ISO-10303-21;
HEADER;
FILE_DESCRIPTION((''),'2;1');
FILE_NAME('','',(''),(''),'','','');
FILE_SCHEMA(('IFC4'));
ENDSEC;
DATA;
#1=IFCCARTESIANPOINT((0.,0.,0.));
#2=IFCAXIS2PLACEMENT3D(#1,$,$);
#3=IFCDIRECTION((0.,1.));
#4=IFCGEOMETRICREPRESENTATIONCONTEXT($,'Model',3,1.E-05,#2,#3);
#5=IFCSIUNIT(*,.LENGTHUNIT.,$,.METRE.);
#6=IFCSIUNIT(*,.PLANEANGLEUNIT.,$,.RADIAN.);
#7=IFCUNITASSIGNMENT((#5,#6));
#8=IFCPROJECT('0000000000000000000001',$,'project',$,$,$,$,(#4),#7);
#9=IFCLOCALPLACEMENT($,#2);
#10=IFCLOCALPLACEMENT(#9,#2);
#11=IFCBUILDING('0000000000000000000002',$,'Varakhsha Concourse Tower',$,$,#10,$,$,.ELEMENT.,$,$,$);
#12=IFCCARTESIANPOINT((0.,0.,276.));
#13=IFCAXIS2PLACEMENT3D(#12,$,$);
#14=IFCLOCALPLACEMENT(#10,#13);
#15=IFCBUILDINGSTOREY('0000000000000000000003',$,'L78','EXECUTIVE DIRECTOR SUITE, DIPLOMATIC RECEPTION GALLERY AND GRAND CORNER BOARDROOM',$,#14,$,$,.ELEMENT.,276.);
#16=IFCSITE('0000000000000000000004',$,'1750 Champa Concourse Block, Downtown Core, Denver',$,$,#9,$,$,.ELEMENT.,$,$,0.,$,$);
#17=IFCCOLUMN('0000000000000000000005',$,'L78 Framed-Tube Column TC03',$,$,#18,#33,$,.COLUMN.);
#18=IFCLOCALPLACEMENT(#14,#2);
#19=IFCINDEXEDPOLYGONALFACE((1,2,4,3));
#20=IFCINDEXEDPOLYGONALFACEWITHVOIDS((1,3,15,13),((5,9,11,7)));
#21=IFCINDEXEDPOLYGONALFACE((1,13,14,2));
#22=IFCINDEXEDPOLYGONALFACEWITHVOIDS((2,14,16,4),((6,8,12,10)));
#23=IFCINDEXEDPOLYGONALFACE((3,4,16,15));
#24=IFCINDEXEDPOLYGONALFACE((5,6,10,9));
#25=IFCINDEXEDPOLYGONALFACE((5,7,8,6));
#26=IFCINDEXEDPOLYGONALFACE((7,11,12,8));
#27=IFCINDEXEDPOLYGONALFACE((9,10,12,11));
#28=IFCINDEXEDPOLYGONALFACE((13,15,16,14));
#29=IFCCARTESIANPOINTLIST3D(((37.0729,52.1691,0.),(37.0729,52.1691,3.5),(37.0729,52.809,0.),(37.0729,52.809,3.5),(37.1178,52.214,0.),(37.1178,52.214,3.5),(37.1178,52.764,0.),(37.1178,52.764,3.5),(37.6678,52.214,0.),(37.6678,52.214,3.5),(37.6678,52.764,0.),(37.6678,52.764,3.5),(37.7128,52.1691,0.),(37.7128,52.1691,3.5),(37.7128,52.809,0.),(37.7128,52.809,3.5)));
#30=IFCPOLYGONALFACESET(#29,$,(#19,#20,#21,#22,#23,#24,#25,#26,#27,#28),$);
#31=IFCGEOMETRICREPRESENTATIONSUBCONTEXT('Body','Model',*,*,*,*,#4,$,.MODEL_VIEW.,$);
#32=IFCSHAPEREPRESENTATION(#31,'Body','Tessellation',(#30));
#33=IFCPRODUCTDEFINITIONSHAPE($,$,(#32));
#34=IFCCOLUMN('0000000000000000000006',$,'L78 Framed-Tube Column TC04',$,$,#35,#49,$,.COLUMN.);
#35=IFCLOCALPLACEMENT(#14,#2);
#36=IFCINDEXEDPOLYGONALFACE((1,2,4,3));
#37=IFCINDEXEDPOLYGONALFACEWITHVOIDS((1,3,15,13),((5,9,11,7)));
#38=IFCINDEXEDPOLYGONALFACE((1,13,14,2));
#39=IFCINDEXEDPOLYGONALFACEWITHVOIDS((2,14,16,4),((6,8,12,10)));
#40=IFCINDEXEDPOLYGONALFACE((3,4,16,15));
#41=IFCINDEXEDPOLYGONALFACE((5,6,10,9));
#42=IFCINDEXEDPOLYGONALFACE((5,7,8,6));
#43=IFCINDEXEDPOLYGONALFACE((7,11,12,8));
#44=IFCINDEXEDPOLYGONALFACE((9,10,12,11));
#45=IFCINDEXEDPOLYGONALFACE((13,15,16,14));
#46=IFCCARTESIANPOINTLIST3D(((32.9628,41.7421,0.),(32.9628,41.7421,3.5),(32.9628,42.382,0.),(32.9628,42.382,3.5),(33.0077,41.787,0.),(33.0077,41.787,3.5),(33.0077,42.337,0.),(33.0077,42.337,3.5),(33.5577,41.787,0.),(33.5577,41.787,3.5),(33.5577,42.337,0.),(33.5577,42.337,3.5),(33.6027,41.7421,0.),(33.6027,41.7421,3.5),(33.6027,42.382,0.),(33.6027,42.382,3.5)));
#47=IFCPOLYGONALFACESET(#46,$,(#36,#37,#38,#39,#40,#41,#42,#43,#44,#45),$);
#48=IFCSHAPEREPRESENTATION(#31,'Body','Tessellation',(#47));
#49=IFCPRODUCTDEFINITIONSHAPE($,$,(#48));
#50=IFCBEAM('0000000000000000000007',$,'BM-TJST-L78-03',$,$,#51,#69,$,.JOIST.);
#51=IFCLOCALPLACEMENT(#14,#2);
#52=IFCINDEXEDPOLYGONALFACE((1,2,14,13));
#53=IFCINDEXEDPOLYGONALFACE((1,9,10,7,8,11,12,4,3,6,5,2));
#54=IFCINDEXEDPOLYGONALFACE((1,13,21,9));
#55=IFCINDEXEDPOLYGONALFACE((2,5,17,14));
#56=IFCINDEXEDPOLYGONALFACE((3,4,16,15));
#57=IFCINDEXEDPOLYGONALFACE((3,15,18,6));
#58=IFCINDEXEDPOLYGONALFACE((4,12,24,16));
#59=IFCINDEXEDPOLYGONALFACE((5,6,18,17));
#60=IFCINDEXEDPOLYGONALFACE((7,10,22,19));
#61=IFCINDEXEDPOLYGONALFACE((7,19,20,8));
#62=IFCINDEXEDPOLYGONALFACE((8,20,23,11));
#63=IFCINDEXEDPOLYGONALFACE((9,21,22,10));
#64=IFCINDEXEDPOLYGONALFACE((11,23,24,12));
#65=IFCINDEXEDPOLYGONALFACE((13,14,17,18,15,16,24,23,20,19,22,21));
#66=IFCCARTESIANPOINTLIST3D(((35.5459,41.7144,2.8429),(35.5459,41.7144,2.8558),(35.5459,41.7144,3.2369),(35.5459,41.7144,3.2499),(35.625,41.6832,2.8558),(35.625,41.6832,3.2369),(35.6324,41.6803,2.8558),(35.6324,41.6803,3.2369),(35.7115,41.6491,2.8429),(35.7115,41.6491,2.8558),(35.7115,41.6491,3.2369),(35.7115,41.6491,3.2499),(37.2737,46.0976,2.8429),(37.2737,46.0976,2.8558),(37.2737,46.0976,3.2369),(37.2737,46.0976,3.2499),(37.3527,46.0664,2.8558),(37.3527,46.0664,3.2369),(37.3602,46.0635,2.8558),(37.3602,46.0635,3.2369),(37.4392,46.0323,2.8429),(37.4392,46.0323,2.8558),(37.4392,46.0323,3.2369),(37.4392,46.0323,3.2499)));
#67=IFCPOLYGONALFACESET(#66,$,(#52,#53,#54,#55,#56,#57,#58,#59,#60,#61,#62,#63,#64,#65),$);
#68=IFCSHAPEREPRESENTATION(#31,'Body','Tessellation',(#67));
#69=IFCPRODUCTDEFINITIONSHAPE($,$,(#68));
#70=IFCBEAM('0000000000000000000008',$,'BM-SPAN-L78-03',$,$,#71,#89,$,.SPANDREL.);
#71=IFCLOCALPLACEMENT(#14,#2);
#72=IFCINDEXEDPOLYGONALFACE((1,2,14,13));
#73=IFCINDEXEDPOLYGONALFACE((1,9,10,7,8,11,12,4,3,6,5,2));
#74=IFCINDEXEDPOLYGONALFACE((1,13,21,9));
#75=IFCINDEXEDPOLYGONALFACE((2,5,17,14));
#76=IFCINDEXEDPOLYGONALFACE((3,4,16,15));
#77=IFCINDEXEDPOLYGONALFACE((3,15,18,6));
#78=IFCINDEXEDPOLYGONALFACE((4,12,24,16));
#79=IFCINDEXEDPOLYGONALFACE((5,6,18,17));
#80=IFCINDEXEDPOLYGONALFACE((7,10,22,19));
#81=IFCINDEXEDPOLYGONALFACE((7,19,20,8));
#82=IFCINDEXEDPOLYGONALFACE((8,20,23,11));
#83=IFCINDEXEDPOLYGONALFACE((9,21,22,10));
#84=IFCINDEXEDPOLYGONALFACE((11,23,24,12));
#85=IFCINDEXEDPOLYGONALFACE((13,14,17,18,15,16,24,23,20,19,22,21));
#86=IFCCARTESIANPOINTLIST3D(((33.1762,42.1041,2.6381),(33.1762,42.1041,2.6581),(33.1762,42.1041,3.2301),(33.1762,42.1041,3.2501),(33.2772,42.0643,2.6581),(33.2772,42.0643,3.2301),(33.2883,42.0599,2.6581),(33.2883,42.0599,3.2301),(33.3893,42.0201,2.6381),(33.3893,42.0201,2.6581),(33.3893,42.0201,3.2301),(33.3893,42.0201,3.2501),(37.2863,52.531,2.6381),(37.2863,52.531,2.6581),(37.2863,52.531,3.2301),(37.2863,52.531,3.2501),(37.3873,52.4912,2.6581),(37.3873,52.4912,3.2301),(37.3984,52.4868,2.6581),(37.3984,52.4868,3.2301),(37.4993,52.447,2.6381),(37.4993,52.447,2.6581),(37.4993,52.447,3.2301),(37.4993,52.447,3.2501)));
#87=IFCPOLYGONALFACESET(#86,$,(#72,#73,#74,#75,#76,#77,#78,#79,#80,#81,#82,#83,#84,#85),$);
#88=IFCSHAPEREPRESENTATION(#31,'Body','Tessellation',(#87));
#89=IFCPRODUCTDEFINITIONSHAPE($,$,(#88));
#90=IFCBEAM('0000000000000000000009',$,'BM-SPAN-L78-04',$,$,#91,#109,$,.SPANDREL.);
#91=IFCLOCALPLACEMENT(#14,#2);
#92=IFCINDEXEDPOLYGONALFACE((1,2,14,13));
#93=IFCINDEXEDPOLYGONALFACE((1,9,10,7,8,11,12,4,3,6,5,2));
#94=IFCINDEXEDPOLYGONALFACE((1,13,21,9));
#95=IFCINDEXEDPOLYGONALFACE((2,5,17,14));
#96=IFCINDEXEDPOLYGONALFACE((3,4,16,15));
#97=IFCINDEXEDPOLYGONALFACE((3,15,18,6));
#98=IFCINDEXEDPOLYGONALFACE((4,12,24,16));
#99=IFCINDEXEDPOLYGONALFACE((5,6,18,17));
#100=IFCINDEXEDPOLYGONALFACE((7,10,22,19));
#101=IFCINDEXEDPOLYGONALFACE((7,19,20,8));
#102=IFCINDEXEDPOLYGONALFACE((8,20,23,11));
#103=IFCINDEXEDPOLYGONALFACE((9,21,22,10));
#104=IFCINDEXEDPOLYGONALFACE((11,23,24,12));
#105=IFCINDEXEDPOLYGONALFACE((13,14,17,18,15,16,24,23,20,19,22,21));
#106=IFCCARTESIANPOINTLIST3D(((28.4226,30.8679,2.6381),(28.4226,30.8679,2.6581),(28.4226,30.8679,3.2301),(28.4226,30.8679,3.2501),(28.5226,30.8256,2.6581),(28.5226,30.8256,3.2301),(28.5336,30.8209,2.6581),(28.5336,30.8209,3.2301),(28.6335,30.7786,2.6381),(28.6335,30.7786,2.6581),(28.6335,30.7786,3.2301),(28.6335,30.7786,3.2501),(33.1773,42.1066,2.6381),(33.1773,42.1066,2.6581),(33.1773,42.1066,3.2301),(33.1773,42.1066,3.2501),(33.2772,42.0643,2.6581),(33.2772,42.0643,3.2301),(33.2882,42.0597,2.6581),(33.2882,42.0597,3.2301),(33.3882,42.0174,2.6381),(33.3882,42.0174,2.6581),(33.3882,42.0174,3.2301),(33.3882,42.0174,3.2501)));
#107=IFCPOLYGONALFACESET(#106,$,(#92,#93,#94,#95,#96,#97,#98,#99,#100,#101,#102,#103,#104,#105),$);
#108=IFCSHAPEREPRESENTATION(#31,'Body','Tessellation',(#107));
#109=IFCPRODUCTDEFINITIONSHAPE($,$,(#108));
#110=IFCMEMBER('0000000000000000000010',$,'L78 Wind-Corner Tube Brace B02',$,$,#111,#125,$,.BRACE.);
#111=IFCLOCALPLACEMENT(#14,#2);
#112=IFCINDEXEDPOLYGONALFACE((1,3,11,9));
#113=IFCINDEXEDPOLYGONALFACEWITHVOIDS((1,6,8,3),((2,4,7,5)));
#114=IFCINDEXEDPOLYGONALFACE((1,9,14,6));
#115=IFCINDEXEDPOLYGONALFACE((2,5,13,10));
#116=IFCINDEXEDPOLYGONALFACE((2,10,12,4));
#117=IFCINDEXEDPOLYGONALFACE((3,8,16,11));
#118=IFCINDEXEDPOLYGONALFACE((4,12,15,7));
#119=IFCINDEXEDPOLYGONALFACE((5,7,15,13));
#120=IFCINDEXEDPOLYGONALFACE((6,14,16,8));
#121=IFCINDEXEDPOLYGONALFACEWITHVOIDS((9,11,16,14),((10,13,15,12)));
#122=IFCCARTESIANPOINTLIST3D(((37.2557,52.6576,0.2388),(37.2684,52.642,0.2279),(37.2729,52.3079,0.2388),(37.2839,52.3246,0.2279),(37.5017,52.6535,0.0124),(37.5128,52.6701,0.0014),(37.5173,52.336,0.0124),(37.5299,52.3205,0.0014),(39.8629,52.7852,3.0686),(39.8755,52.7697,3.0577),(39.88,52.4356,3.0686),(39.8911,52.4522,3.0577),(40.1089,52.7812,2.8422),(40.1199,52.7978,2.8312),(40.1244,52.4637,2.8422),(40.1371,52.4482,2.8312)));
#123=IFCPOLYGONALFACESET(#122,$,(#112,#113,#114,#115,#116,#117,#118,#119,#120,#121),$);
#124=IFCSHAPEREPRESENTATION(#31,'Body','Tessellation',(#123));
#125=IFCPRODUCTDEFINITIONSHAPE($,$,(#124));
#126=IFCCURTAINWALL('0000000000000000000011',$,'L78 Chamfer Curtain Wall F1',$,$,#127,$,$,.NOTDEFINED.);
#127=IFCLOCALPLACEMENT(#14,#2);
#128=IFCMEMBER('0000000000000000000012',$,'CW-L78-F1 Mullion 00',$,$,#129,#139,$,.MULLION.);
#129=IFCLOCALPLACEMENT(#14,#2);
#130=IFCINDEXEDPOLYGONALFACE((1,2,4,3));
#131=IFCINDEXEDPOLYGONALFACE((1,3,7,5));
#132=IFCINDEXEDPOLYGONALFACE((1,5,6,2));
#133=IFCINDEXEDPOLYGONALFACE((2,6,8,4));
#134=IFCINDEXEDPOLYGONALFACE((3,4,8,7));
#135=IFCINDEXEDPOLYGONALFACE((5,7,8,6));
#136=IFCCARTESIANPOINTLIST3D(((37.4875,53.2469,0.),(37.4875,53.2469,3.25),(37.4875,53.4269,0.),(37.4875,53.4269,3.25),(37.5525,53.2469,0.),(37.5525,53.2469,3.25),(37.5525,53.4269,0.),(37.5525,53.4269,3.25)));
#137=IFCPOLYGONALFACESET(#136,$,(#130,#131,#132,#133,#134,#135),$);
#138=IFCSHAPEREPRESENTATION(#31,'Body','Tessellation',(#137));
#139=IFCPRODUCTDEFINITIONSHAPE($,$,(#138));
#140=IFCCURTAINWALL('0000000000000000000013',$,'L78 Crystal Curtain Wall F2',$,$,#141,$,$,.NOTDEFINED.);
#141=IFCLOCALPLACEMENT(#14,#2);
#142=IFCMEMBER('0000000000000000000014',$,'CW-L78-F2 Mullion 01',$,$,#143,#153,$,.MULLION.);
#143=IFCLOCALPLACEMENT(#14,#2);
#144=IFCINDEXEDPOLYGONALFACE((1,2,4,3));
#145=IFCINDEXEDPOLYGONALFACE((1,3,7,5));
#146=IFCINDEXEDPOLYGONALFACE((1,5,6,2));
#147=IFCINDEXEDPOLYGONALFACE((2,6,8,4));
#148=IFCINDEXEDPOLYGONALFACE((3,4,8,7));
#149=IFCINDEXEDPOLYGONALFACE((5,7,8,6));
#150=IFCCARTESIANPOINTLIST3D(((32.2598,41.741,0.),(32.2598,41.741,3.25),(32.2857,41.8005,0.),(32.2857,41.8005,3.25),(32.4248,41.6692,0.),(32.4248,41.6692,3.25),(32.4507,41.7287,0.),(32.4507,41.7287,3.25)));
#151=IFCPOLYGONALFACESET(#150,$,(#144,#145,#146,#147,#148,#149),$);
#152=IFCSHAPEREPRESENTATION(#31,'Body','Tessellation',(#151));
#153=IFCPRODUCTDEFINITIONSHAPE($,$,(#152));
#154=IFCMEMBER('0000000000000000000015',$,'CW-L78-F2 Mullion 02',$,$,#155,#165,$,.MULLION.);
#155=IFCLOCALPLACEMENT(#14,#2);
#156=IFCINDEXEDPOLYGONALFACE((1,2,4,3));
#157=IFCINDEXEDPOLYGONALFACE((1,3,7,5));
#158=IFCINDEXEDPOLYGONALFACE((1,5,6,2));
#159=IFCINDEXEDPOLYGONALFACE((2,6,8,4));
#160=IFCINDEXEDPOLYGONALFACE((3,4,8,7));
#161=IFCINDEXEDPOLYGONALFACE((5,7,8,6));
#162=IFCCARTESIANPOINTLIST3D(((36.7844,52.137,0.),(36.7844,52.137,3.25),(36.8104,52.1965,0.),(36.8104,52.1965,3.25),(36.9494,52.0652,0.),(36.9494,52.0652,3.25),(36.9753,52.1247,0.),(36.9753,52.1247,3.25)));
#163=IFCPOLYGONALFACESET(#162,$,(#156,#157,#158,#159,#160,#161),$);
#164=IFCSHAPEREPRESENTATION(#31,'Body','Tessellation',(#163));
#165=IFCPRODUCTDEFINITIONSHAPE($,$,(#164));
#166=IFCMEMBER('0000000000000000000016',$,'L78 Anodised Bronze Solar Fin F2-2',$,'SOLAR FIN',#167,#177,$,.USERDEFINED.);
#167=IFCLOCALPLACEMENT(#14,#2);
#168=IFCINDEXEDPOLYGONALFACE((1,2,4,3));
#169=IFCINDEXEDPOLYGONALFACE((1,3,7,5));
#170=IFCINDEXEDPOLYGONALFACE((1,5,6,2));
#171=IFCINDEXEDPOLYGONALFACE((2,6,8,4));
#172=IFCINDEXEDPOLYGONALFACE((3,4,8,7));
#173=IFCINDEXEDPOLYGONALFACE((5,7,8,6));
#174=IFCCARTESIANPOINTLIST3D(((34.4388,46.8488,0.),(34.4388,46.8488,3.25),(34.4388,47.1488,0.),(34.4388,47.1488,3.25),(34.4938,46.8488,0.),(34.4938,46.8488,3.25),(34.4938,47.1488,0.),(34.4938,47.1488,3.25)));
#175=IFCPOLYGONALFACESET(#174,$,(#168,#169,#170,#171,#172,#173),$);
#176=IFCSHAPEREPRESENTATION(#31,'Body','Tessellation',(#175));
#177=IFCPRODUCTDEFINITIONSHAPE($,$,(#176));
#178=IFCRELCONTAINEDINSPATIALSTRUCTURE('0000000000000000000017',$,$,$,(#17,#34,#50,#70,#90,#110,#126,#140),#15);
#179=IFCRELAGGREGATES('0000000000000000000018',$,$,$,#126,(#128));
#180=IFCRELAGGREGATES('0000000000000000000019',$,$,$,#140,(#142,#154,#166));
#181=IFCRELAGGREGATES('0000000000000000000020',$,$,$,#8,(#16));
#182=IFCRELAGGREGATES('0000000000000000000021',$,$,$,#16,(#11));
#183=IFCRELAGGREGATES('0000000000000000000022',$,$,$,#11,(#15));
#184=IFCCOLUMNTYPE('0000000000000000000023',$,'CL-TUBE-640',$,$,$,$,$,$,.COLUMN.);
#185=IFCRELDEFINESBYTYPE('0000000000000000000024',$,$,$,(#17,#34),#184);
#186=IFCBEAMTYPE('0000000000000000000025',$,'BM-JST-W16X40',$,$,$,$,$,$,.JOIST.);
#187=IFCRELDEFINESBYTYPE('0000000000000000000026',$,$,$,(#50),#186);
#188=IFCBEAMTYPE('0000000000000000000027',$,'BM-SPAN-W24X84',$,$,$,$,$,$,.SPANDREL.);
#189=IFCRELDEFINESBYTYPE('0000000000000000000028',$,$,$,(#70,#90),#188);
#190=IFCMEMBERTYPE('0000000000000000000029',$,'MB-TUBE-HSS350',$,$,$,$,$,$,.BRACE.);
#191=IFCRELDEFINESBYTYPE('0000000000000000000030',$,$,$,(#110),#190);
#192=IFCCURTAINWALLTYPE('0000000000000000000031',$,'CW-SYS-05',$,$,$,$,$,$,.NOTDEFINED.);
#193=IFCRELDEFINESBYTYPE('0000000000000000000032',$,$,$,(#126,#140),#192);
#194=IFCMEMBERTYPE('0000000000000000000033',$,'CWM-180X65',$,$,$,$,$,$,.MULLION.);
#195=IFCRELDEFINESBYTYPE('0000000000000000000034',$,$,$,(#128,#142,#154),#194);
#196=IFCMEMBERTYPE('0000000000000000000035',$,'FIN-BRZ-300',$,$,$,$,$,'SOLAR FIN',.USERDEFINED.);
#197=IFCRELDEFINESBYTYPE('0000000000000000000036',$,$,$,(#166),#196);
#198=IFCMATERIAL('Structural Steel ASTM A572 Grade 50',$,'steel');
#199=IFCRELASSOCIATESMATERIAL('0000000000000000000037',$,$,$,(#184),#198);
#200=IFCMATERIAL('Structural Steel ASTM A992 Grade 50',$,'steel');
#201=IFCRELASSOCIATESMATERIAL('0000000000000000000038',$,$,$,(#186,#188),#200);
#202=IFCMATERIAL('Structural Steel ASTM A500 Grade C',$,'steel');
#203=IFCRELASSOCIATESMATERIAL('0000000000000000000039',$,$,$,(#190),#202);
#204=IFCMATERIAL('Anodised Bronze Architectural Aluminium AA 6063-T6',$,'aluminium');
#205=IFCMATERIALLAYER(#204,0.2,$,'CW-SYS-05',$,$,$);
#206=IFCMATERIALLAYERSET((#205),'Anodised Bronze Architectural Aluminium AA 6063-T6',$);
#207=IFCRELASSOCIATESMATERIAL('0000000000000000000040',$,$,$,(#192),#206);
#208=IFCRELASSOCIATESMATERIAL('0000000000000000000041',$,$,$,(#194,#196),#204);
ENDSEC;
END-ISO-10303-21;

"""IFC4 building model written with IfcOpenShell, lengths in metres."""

from ifc_helpers import new_model, si_unit, direction, frame, origin, origin_2d, place, context, subcontext, project, spatial, rectangle, hollow_rectangle, i_section, extrude, source, transform, mapped, material, layer, layer_set, material_profile, profile_set, type_object, type_shapes, element, aggregate, save


model = new_model("IFC4")

# Units and contexts
model_context = context("Model", 3, precision=1e-05, world=origin(), true_north=direction((0.0, 1.0)))
body_context = subcontext(model_context, "Body", "Model", "MODEL_VIEW")
ifc_project = project(units=[si_unit("LENGTHUNIT", "METRE"), si_unit("PLANEANGLEUNIT", "RADIAN")], contexts=[model_context])

# Site, building, storey
site_placement = place(None, origin())
site = spatial("IfcSite", under=ifc_project, at=site_placement, Name="1750 Champa Concourse Block, Downtown Core, Denver", CompositionType="ELEMENT", RefElevation=0.0)
building_placement = place(site_placement, origin())
building = spatial("IfcBuilding", under=site, at=building_placement, Name="Varakhsha Concourse Tower", CompositionType="ELEMENT")
storey_placement = place(building_placement, frame((0.0, 0.0, 276.0)))
storey = spatial("IfcBuildingStorey", under=building, at=storey_placement, Name="L78", Description="EXECUTIVE DIRECTOR SUITE, DIPLOMATIC RECEPTION GALLERY AND GRAND CORNER BOARDROOM", CompositionType="ELEMENT", Elevation=276.0)

# Columns
ifc_material_1 = material(Name="Structural Steel ASTM A572 Grade 50", Category="steel")
ifc_material_profile_1 = material_profile(ifc_material_1, hollow_rectangle(XDim=0.6399, YDim=0.6399, WallThickness=0.0449, at=origin_2d()), Name="BOX 640x640x45")
ifc_profile_set_1 = profile_set([ifc_material_profile_1], Name="Structural Steel ASTM A572 Grade 50")
column_type = type_object("IfcColumnType", Name="CL-TUBE-640", PredefinedType="COLUMN", material=ifc_profile_set_1)
for number, where, z_axis, x_axis, name in (
    (1, (37.3928, 52.489, 0.0), (0.0, 0.0, 1.0), (1.0, 0.0, 0.0), "L78 Framed-Tube Column TC03"),
    (2, (33.2827, 42.062, 0.0), (0.0, 0.0, 1.0), (1.0, 0.0, 0.0), "L78 Framed-Tube Column TC04"),
):
    element("IfcColumn", number, at=place(storey_placement, frame(where, z_axis=z_axis, x_axis=x_axis)), inside=storey, type_object=column_type, Name=name, PredefinedType="COLUMN", context=body_context, shape_type="SweptSolid", body=[
        extrude(hollow_rectangle(XDim=0.6399, YDim=0.6399, WallThickness=0.0449, at=origin_2d()), origin(), (0.0, 0.0, 1.0), 3.5),
    ])

# Beams
ifc_material_2 = material(Name="Structural Steel ASTM A992 Grade 50", Category="steel")
ifc_material_profile_2 = material_profile(ifc_material_2, i_section(OverallWidth=0.178, OverallDepth=0.407, WebThickness=0.0081, FlangeThickness=0.0129, at=origin_2d()), Name="W16X40")
ifc_profile_set_2 = profile_set([ifc_material_profile_2], Name="Structural Steel ASTM A992 Grade 50")
beam_type_1 = type_object("IfcBeamType", Name="BM-JST-W16X40", PredefinedType="JOIST", material=ifc_profile_set_2)
beam_1_placement = place(storey_placement, frame((37.3564, 46.0649, 3.0464), z_axis=(-0.366713, -0.930334, 0.0), x_axis=(0.930334, -0.366713, 0.0)))
element("IfcBeam", 3, at=beam_1_placement, inside=storey, type_object=beam_type_1, Name="BM-TJST-L78-03", PredefinedType="JOIST", context=body_context, shape_type="SweptSolid", body=[
    extrude(i_section(OverallWidth=0.178, OverallDepth=0.407, WebThickness=0.0081, FlangeThickness=0.0129, at=origin_2d()), origin(), (0.0, 0.0, 1.0), 4.7114),
])
ifc_material_profile_3 = material_profile(ifc_material_2, i_section(OverallWidth=0.229, OverallDepth=0.6121, WebThickness=0.012, FlangeThickness=0.02, at=origin_2d()), Name="W24X84")
ifc_profile_set_3 = profile_set([ifc_material_profile_3], Name="Structural Steel ASTM A992 Grade 50")
beam_type_2 = type_object("IfcBeamType", Name="BM-SPAN-W24X84", PredefinedType="SPANDREL", material=ifc_profile_set_3)
beam_2_placement = place(storey_placement, frame((37.3928, 52.489, 2.9441), z_axis=(-0.366718, -0.930332, 0.0), x_axis=(0.930332, -0.366718, 0.0)))
element("IfcBeam", 4, at=beam_2_placement, inside=storey, type_object=beam_type_2, Name="BM-SPAN-L78-03", PredefinedType="SPANDREL", context=body_context, shape_type="SweptSolid", body=[
    extrude(i_section(OverallWidth=0.229, OverallDepth=0.6121, WebThickness=0.012, FlangeThickness=0.02, at=origin_2d()), origin(), (0.0, 0.0, 1.0), 11.2078),
])
beam_3_placement = place(storey_placement, frame((33.2827, 42.062, 2.9441), z_axis=(-0.389624, -0.920974, 0.0), x_axis=(0.920974, -0.389624, 0.0)))
element("IfcBeam", 5, at=beam_3_placement, inside=storey, type_object=beam_type_2, Name="BM-SPAN-L78-04", PredefinedType="SPANDREL", context=body_context, shape_type="SweptSolid", body=[
    extrude(i_section(OverallWidth=0.229, OverallDepth=0.6121, WebThickness=0.012, FlangeThickness=0.02, at=origin_2d()), origin(), (0.0, 0.0, 1.0), 12.2031),
])

# Member
ifc_material_3 = material(Name="Structural Steel ASTM A500 Grade C", Category="steel")
ifc_material_profile_4 = material_profile(ifc_material_3, hollow_rectangle(XDim=0.3501, YDim=0.3501, WallThickness=0.0161, at=origin_2d()), Name="HSS 350x350x16")
ifc_profile_set_4 = profile_set([ifc_material_profile_4], Name="Structural Steel ASTM A500 Grade C")
member_type_1 = type_object("IfcMemberType", Name="MB-TUBE-HSS350", PredefinedType="BRACE", material=ifc_profile_set_4)
shared_shape_1 = source(origin(), body_context, "Body", "SweptSolid", [
    extrude(hollow_rectangle(XDim=0.3501, YDim=0.3501, WallThickness=0.0161, at=origin_2d()), origin(), (0.0, 0.0, 1.0), 3.8499),
])
type_shapes(member_type_1, [shared_shape_1])
member_1_placement = place(storey_placement, frame((37.3928, 52.489, 0.1201), z_axis=(0.677209, 0.033166, 0.735043), x_axis=(-0.048916, 0.998803, 0.0)))
element("IfcMember", 6, at=member_1_placement, inside=storey, type_object=member_type_1, Name="L78 Wind-Corner Tube Brace B02", PredefinedType="BRACE", context=body_context, shape_type="MappedRepresentation", body=[
    mapped(shared_shape_1, transform((0.0, 0.0, 0.0), scale=1.0)),
])

# Curtain wall, member
ifc_material_4 = material(Name="Anodised Bronze Architectural Aluminium AA 6063-T6", Category="aluminium")
ifc_layer_1 = layer(ifc_material_4, 0.2, Name="CW-SYS-05")
ifc_layer_set_1 = layer_set([ifc_layer_1], Name="Anodised Bronze Architectural Aluminium AA 6063-T6")
curtain_wall_type = type_object("IfcCurtainWallType", Name="CW-SYS-05", PredefinedType="NOTDEFINED", material=ifc_layer_set_1)
curtain_wall_1_placement = place(storey_placement, origin())
curtain_wall_1 = element("IfcCurtainWall", 7, at=curtain_wall_1_placement, inside=storey, type_object=curtain_wall_type, Name="L78 Chamfer Curtain Wall F1", PredefinedType="NOTDEFINED")
ifc_material_profile_5 = material_profile(ifc_material_4, rectangle(XDim=0.0649, YDim=0.1799, at=origin_2d()), Name="CWM-180X65")
ifc_profile_set_5 = profile_set([ifc_material_profile_5], Name="Anodised Bronze Architectural Aluminium AA 6063-T6")
member_type_2 = type_object("IfcMemberType", Name="CWM-180X65", PredefinedType="MULLION", material=ifc_profile_set_5)
shared_shape_2 = source(origin(), body_context, "Body", "SweptSolid", [
    extrude(rectangle(XDim=0.0649, YDim=0.1799, at=origin_2d()), origin(), (0.0, 0.0, 1.0), 3.25),
])
type_shapes(member_type_2, [shared_shape_2])
member_2_placement = place(storey_placement, frame((37.52, 53.3369, 0.0), z_axis=(0.0, 0.0, 1.0), x_axis=(1.0, 0.0, 0.0)))
member_2 = element("IfcMember", 8, at=member_2_placement, type_object=member_type_2, Name="CW-L78-F1 Mullion 00", PredefinedType="MULLION", context=body_context, shape_type="MappedRepresentation", body=[
    mapped(shared_shape_2, transform((0.0, 0.0, 0.0), scale=1.0)),
])

# Curtain wall, members
curtain_wall_2_placement = place(storey_placement, origin())
curtain_wall_2 = element("IfcCurtainWall", 9, at=curtain_wall_2_placement, inside=storey, type_object=curtain_wall_type, Name="L78 Crystal Curtain Wall F2", PredefinedType="NOTDEFINED")
member_3_placement = place(storey_placement, frame((32.3552, 41.7349, 0.0), z_axis=(0.0, 0.0, 1.0), x_axis=(0.399084, 0.916915, 0.0)))
member_3 = element("IfcMember", 10, at=member_3_placement, type_object=member_type_2, Name="CW-L78-F2 Mullion 01", PredefinedType="MULLION", context=body_context, shape_type="MappedRepresentation", body=[
    mapped(shared_shape_2, transform((0.0, 0.0, 0.0), scale=1.0)),
])
member_4_placement = place(storey_placement, frame((36.8799, 52.1309, 0.0), z_axis=(0.0, 0.0, 1.0), x_axis=(0.399084, 0.916915, 0.0)))
member_4 = element("IfcMember", 11, at=member_4_placement, type_object=member_type_2, Name="CW-L78-F2 Mullion 02", PredefinedType="MULLION", context=body_context, shape_type="MappedRepresentation", body=[
    mapped(shared_shape_2, transform((0.0, 0.0, 0.0), scale=1.0)),
])
ifc_material_profile_6 = material_profile(ifc_material_4, rectangle(XDim=0.0549, YDim=0.3, at=origin_2d()), Name="FIN-BRZ-300")
ifc_profile_set_6 = profile_set([ifc_material_profile_6], Name="Anodised Bronze Architectural Aluminium AA 6063-T6")
member_type_3 = type_object("IfcMemberType", Name="FIN-BRZ-300", ElementType="SOLAR FIN", PredefinedType="USERDEFINED", material=ifc_profile_set_6)
shared_shape_3 = source(origin(), body_context, "Body", "SweptSolid", [
    extrude(rectangle(XDim=0.0549, YDim=0.3, at=origin_2d()), origin(), (0.0, 0.0, 1.0), 3.25),
])
type_shapes(member_type_3, [shared_shape_3])
member_5_placement = place(storey_placement, frame((34.4663, 46.9988, 0.0), z_axis=(0.0, 0.0, 1.0), x_axis=(1.0, 0.0, 0.0)))
member_5 = element("IfcMember", 12, at=member_5_placement, type_object=member_type_3, Name="L78 Anodised Bronze Solar Fin F2-2", ObjectType="SOLAR FIN", PredefinedType="USERDEFINED", context=body_context, shape_type="MappedRepresentation", body=[
    mapped(shared_shape_3, transform((0.0, 0.0, 0.0), scale=1.0)),
])

aggregate(curtain_wall_1, [member_2])

aggregate(curtain_wall_2, [member_3, member_4, member_5])

save(model, "model.ifc")
